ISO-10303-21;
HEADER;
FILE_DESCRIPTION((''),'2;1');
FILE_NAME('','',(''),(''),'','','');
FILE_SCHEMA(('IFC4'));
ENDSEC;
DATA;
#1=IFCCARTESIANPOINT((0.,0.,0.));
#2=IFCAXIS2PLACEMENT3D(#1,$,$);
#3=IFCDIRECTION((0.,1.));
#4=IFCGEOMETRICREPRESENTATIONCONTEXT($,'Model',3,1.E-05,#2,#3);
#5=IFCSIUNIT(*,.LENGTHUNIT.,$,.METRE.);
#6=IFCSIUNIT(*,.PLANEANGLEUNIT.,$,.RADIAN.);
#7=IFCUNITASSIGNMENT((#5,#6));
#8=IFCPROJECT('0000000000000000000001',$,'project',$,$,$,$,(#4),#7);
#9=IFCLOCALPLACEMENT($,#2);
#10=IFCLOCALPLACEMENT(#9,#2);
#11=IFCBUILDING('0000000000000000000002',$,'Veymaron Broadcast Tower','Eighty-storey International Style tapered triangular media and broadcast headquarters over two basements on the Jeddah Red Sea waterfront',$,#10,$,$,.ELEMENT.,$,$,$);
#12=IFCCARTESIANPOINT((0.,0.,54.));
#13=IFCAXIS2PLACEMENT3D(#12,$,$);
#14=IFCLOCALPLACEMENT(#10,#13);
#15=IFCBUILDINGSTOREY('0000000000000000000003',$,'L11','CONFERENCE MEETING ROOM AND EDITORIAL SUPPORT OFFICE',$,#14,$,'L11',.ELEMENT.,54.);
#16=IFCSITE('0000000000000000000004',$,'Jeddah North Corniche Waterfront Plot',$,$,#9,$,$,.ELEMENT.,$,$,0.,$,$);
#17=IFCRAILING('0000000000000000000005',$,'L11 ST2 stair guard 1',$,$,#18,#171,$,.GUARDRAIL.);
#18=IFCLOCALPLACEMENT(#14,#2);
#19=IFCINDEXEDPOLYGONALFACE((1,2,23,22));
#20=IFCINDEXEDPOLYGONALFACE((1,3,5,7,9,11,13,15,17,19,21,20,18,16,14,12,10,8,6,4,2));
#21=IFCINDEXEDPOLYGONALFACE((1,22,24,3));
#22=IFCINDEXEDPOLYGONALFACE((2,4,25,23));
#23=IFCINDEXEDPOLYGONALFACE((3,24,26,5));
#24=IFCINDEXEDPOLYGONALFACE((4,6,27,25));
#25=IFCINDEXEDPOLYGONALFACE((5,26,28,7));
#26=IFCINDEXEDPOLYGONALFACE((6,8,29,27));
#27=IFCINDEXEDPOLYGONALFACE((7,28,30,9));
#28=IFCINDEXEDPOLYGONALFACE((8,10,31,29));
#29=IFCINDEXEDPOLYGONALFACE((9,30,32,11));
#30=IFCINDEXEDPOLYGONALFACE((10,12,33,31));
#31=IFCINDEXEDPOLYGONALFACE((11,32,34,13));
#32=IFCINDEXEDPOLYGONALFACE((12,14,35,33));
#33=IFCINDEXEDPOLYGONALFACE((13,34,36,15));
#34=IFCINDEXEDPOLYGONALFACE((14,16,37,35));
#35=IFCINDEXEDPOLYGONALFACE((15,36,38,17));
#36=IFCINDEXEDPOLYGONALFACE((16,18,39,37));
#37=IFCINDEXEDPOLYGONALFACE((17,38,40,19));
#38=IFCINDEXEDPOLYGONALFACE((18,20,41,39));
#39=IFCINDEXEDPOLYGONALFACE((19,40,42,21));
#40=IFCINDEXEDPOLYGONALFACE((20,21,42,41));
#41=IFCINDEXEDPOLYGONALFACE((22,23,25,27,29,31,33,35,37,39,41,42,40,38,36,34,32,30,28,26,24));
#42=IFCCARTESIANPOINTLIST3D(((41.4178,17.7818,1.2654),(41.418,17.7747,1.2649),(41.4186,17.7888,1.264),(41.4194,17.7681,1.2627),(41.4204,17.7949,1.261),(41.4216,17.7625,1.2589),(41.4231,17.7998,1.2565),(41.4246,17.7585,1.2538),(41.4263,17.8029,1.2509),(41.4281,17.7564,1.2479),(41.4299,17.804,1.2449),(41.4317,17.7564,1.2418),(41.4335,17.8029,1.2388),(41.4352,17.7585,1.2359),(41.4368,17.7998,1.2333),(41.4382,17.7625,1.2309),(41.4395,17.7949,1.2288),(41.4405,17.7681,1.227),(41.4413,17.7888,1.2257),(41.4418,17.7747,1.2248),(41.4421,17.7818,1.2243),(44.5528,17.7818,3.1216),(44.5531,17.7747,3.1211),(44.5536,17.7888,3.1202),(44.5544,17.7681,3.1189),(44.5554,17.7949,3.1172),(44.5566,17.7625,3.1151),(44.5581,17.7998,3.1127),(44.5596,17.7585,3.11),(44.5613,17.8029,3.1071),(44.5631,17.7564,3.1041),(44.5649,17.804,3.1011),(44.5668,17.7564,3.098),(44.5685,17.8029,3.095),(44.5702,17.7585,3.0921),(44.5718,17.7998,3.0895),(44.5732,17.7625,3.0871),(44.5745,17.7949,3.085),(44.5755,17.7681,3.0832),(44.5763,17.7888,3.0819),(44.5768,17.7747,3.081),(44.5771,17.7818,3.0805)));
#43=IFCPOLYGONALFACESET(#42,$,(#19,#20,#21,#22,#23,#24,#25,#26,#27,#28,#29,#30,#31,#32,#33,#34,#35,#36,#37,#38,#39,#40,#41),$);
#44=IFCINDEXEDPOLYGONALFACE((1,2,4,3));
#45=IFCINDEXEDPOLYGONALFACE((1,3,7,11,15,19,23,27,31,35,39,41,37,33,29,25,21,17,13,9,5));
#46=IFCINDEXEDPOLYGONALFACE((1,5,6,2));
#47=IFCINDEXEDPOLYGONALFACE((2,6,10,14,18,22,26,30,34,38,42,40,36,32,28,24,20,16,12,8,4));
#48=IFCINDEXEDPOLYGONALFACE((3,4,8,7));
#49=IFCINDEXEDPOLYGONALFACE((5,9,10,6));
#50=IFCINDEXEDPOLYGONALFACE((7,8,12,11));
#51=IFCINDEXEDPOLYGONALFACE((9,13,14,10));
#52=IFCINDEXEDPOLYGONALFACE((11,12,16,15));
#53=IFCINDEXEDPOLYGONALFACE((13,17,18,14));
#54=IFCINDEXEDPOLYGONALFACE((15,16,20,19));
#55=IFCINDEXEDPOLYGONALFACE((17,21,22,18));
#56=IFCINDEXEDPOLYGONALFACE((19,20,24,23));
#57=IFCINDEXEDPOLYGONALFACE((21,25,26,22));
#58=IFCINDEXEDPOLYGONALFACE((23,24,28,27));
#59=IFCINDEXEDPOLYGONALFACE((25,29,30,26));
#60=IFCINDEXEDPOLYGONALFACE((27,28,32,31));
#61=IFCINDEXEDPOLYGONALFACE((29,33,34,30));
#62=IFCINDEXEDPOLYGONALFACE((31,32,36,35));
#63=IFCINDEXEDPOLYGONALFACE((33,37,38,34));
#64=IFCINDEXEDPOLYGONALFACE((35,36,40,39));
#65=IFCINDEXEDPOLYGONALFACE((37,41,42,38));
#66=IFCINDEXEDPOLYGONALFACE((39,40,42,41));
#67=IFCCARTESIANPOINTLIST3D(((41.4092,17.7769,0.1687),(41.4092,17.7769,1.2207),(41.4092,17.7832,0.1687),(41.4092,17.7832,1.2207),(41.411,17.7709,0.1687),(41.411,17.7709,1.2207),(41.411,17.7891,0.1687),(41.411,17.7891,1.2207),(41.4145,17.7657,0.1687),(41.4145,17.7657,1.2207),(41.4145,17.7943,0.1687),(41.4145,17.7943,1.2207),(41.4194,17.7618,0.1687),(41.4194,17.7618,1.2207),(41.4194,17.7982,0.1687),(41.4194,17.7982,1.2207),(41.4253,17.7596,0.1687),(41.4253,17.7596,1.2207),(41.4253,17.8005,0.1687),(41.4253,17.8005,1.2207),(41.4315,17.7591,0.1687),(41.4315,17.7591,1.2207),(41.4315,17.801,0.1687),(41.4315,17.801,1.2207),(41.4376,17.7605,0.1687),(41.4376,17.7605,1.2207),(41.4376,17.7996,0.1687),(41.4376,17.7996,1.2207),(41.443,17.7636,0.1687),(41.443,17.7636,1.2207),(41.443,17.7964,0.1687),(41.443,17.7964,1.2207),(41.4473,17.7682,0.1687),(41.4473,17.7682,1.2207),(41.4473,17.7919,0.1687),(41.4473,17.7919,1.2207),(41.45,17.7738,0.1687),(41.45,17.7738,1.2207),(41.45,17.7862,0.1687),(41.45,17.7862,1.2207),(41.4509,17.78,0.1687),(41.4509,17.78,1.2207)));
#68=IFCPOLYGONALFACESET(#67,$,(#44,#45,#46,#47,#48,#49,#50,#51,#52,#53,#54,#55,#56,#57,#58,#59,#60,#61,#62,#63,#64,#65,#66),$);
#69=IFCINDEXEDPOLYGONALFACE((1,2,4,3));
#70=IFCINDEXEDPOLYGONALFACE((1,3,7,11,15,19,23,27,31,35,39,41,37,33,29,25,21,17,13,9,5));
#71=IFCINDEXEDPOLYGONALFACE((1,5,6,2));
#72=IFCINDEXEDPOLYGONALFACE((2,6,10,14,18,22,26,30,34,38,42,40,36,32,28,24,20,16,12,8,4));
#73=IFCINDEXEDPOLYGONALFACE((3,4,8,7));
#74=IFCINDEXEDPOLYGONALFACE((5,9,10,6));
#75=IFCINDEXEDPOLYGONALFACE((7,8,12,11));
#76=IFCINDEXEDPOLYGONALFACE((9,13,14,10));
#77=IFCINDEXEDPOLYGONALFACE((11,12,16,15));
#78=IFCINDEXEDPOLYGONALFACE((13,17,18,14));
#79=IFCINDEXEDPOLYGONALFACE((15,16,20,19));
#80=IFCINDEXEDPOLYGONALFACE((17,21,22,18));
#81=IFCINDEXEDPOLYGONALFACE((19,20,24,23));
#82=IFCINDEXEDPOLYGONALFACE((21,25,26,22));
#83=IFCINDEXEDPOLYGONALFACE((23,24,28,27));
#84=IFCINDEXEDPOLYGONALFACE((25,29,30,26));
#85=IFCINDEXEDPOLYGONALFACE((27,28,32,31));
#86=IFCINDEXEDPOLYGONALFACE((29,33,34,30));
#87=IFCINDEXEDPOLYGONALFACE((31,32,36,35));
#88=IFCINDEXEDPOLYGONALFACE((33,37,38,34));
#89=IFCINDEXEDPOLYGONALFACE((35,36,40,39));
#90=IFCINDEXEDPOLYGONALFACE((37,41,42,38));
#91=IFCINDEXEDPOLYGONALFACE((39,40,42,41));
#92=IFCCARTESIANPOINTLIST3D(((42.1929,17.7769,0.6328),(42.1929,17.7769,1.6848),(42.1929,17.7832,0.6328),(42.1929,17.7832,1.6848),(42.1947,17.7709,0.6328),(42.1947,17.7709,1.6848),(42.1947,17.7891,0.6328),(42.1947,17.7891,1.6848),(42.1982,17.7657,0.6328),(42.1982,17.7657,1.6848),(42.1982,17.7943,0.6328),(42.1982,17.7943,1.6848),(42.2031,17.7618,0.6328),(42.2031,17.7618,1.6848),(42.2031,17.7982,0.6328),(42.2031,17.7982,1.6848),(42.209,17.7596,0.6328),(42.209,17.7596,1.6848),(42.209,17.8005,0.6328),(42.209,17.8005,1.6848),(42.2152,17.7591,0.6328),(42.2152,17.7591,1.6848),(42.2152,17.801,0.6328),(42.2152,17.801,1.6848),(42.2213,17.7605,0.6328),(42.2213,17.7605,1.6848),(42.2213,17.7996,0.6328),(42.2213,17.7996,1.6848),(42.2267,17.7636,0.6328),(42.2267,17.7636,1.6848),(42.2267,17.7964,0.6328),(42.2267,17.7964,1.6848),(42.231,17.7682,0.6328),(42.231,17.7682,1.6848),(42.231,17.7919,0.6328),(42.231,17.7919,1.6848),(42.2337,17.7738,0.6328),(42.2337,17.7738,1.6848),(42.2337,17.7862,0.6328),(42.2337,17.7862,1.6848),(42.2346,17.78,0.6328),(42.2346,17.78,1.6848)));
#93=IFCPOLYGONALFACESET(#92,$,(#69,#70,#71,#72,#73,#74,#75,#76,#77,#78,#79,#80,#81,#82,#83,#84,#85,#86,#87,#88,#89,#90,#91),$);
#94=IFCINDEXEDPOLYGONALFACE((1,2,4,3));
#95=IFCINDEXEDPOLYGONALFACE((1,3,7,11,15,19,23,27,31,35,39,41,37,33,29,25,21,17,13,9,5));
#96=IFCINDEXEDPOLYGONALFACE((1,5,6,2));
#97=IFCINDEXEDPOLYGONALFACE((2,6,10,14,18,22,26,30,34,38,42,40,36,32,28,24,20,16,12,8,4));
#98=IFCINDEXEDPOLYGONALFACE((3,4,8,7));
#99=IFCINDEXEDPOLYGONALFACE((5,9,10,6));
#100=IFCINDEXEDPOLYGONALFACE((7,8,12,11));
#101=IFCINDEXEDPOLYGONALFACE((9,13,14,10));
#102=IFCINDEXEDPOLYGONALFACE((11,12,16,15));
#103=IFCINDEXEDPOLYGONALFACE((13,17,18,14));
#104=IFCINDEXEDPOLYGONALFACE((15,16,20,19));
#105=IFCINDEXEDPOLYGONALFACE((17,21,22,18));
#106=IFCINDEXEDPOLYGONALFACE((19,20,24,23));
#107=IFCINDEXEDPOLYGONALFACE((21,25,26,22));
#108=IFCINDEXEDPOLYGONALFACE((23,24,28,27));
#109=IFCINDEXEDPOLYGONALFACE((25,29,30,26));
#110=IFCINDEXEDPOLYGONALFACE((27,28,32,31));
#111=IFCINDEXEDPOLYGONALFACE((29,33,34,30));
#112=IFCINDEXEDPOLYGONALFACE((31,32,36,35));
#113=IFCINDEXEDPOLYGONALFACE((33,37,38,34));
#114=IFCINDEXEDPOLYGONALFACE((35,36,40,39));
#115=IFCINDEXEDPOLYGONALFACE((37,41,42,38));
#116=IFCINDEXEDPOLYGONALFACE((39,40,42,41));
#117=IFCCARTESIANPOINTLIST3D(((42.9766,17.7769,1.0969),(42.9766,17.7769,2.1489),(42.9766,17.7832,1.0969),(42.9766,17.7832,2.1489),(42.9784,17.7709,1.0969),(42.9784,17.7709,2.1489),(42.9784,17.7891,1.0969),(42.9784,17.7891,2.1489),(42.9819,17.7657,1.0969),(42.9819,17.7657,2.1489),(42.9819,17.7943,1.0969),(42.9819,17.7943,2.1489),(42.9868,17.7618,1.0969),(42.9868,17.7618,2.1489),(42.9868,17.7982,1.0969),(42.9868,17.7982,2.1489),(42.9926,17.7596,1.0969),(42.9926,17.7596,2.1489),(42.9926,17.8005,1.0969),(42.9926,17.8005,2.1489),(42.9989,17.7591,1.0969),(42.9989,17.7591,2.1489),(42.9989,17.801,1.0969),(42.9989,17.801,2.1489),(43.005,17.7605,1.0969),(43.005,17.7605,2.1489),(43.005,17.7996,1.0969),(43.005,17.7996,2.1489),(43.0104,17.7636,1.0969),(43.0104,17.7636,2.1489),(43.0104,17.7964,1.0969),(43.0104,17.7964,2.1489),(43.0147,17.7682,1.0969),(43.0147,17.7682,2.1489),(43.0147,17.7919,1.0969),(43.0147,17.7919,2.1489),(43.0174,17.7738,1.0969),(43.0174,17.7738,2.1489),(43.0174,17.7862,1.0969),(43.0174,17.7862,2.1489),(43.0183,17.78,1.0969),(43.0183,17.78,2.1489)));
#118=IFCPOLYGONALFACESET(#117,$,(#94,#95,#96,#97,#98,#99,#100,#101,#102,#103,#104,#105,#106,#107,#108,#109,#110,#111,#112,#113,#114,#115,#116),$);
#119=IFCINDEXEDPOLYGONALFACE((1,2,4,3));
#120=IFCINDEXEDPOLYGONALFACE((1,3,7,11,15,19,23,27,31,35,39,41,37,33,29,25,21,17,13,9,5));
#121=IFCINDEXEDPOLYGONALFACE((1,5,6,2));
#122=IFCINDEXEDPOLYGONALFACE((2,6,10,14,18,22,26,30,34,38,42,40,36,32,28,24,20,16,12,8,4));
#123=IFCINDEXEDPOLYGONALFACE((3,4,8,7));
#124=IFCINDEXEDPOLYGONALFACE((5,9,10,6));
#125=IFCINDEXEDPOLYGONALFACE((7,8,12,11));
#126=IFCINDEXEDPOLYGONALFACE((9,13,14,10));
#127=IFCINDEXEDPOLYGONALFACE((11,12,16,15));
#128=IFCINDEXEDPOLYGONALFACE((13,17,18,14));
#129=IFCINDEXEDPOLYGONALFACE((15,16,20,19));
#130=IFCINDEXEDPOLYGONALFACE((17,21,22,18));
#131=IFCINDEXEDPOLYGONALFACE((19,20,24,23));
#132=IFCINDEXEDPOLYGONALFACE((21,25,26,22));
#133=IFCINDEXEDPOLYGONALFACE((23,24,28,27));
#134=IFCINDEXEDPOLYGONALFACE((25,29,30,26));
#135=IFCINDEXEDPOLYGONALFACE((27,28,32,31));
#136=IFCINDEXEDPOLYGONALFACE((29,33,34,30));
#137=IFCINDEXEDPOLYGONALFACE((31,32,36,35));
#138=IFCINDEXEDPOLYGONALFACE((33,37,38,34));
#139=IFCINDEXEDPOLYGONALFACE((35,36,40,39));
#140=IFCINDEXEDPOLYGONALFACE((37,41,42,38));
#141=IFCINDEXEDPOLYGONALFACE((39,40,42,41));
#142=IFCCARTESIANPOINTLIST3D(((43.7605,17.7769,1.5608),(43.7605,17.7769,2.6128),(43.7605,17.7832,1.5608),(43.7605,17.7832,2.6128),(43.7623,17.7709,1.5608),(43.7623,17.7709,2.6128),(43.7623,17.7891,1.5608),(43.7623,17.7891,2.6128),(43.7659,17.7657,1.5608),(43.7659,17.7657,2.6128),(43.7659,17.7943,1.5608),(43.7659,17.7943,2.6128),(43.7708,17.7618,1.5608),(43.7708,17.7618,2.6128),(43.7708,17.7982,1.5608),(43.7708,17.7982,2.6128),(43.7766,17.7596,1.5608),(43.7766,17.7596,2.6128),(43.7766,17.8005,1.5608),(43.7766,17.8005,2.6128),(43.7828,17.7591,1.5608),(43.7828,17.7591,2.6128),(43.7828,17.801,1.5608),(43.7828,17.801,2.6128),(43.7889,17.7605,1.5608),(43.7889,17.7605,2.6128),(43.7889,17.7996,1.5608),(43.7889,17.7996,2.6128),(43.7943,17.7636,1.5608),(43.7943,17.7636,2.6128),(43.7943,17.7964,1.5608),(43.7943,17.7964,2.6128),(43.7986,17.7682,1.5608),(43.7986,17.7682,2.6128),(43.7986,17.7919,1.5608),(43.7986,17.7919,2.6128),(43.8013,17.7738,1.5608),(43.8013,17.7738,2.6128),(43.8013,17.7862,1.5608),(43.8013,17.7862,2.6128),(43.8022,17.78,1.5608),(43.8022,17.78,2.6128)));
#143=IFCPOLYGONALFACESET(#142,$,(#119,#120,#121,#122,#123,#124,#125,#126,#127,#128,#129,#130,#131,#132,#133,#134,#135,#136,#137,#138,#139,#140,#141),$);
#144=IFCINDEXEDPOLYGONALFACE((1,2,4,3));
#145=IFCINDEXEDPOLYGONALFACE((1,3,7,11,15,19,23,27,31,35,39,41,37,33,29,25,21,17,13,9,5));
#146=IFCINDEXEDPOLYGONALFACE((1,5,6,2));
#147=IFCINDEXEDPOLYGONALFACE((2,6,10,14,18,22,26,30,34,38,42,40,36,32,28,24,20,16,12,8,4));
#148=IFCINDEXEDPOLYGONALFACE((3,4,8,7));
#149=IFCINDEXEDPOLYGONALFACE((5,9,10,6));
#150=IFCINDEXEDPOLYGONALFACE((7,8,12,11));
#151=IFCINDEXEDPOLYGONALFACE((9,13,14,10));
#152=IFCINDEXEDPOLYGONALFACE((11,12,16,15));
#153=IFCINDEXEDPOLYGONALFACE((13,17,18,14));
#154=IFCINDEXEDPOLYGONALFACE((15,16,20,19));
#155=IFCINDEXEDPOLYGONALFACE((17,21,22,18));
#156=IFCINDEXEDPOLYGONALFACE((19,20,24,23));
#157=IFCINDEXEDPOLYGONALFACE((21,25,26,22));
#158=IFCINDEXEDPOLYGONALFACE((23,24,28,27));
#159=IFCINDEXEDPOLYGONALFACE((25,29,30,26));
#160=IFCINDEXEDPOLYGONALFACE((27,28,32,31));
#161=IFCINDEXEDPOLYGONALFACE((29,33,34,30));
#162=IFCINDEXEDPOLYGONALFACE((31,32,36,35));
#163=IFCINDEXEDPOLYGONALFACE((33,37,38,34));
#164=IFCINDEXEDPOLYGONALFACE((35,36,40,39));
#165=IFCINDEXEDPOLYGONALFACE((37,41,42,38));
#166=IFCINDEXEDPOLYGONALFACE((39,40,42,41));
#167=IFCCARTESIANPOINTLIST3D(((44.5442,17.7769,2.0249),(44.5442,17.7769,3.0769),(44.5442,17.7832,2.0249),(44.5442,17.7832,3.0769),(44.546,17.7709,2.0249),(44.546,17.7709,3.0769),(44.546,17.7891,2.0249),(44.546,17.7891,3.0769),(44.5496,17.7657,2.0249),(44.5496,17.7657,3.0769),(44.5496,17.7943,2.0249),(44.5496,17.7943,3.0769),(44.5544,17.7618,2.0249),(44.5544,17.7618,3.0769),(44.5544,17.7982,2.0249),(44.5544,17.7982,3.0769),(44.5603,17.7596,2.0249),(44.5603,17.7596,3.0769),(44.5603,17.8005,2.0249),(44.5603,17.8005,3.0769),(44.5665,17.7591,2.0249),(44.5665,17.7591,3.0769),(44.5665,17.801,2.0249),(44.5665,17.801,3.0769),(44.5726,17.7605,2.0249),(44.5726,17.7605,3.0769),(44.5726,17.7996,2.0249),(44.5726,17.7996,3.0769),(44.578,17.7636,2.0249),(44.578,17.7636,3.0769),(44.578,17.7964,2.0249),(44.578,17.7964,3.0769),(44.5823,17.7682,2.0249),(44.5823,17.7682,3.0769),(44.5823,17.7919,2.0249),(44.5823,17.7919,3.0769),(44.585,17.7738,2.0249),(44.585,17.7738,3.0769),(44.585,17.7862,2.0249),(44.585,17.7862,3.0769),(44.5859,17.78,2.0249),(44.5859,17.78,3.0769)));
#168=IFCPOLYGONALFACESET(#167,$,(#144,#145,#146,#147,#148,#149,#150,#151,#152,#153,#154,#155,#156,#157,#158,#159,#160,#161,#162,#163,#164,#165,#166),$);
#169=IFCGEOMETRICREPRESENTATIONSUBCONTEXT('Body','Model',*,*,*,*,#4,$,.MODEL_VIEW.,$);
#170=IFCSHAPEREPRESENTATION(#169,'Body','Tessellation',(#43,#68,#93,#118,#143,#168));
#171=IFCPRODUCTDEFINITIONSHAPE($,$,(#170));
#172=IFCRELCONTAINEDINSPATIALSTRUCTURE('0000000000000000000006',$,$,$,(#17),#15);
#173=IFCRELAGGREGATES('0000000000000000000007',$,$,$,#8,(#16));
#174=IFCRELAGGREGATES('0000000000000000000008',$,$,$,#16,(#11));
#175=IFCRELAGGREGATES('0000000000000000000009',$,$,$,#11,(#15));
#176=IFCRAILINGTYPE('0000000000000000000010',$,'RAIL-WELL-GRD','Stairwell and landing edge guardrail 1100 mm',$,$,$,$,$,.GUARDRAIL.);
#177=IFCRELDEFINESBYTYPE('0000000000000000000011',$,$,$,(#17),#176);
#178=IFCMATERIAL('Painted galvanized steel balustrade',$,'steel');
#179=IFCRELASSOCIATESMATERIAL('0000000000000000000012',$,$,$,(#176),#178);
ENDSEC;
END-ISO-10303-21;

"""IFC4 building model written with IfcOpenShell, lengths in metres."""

from ifc_helpers import new_model, si_unit, direction, frame, origin, origin_2d, place, context, subcontext, project, spatial, circle, extrude, material, type_object, element, save


model = new_model("IFC4")

# Units and contexts
model_context = context("Model", 3, precision=1e-05, world=origin(), true_north=direction((0.0, 1.0)))
body_context = subcontext(model_context, "Body", "Model", "MODEL_VIEW")
ifc_project = project(units=[si_unit("LENGTHUNIT", "METRE"), si_unit("PLANEANGLEUNIT", "RADIAN")], contexts=[model_context])

# Site, building, storey
site_placement = place(None, origin())
site = spatial("IfcSite", under=ifc_project, at=site_placement, Name="Jeddah North Corniche Waterfront Plot", CompositionType="ELEMENT", RefElevation=0.0)
building_placement = place(site_placement, origin())
building = spatial("IfcBuilding", under=site, at=building_placement, Name="Veymaron Broadcast Tower", Description="Eighty-storey International Style tapered triangular media and broadcast headquarters over two basements on the Jeddah Red Sea waterfront", CompositionType="ELEMENT")
storey_placement = place(building_placement, frame((0.0, 0.0, 54.0)))
storey = spatial("IfcBuildingStorey", under=building, at=storey_placement, Name="L11", Description="CONFERENCE MEETING ROOM AND EDITORIAL SUPPORT OFFICE", LongName="L11", CompositionType="ELEMENT", Elevation=54.0)

# Railing
ifc_material_1 = material(Name="Painted galvanized steel balustrade", Category="steel")
railing_type_1 = type_object("IfcRailingType", Name="RAIL-WELL-GRD", Description="Stairwell and landing edge guardrail 1100 mm", PredefinedType="GUARDRAIL", material=ifc_material_1)
railing_1_placement = place(storey_placement, frame((41.4299, 17.78, 0.1687)))
element("IfcRailing", 1, at=railing_1_placement, inside=storey, type_object=railing_type_1, Name="L11 ST2 stair guard 1", PredefinedType="GUARDRAIL", context=body_context, shape_type="SweptSolid", body=[
    extrude(circle(Radius=0.0239, at=origin_2d()), frame((0.0, 0.0, 1.0762), z_axis=(0.860482, 0.0, 0.509481), x_axis=(0.0, 1.0, 0.0)), (0.0, 0.0, 1.0), 3.6433),
    extrude(circle(Radius=0.021, at=origin_2d()), origin(), (0.0, 0.0, 1.0), 1.052),
    extrude(circle(Radius=0.021, at=origin_2d()), frame((0.7837, 0.0, 0.4641)), (0.0, 0.0, 1.0), 1.052),
    extrude(circle(Radius=0.021, at=origin_2d()), frame((1.5674, 0.0, 0.9282)), (0.0, 0.0, 1.0), 1.052),
    extrude(circle(Radius=0.021, at=origin_2d()), frame((2.3513, 0.0, 1.3921)), (0.0, 0.0, 1.0), 1.052),
    extrude(circle(Radius=0.021, at=origin_2d()), frame((3.135, 0.0, 1.8562)), (0.0, 0.0, 1.0), 1.052),
])

save(model, "model.ifc")
